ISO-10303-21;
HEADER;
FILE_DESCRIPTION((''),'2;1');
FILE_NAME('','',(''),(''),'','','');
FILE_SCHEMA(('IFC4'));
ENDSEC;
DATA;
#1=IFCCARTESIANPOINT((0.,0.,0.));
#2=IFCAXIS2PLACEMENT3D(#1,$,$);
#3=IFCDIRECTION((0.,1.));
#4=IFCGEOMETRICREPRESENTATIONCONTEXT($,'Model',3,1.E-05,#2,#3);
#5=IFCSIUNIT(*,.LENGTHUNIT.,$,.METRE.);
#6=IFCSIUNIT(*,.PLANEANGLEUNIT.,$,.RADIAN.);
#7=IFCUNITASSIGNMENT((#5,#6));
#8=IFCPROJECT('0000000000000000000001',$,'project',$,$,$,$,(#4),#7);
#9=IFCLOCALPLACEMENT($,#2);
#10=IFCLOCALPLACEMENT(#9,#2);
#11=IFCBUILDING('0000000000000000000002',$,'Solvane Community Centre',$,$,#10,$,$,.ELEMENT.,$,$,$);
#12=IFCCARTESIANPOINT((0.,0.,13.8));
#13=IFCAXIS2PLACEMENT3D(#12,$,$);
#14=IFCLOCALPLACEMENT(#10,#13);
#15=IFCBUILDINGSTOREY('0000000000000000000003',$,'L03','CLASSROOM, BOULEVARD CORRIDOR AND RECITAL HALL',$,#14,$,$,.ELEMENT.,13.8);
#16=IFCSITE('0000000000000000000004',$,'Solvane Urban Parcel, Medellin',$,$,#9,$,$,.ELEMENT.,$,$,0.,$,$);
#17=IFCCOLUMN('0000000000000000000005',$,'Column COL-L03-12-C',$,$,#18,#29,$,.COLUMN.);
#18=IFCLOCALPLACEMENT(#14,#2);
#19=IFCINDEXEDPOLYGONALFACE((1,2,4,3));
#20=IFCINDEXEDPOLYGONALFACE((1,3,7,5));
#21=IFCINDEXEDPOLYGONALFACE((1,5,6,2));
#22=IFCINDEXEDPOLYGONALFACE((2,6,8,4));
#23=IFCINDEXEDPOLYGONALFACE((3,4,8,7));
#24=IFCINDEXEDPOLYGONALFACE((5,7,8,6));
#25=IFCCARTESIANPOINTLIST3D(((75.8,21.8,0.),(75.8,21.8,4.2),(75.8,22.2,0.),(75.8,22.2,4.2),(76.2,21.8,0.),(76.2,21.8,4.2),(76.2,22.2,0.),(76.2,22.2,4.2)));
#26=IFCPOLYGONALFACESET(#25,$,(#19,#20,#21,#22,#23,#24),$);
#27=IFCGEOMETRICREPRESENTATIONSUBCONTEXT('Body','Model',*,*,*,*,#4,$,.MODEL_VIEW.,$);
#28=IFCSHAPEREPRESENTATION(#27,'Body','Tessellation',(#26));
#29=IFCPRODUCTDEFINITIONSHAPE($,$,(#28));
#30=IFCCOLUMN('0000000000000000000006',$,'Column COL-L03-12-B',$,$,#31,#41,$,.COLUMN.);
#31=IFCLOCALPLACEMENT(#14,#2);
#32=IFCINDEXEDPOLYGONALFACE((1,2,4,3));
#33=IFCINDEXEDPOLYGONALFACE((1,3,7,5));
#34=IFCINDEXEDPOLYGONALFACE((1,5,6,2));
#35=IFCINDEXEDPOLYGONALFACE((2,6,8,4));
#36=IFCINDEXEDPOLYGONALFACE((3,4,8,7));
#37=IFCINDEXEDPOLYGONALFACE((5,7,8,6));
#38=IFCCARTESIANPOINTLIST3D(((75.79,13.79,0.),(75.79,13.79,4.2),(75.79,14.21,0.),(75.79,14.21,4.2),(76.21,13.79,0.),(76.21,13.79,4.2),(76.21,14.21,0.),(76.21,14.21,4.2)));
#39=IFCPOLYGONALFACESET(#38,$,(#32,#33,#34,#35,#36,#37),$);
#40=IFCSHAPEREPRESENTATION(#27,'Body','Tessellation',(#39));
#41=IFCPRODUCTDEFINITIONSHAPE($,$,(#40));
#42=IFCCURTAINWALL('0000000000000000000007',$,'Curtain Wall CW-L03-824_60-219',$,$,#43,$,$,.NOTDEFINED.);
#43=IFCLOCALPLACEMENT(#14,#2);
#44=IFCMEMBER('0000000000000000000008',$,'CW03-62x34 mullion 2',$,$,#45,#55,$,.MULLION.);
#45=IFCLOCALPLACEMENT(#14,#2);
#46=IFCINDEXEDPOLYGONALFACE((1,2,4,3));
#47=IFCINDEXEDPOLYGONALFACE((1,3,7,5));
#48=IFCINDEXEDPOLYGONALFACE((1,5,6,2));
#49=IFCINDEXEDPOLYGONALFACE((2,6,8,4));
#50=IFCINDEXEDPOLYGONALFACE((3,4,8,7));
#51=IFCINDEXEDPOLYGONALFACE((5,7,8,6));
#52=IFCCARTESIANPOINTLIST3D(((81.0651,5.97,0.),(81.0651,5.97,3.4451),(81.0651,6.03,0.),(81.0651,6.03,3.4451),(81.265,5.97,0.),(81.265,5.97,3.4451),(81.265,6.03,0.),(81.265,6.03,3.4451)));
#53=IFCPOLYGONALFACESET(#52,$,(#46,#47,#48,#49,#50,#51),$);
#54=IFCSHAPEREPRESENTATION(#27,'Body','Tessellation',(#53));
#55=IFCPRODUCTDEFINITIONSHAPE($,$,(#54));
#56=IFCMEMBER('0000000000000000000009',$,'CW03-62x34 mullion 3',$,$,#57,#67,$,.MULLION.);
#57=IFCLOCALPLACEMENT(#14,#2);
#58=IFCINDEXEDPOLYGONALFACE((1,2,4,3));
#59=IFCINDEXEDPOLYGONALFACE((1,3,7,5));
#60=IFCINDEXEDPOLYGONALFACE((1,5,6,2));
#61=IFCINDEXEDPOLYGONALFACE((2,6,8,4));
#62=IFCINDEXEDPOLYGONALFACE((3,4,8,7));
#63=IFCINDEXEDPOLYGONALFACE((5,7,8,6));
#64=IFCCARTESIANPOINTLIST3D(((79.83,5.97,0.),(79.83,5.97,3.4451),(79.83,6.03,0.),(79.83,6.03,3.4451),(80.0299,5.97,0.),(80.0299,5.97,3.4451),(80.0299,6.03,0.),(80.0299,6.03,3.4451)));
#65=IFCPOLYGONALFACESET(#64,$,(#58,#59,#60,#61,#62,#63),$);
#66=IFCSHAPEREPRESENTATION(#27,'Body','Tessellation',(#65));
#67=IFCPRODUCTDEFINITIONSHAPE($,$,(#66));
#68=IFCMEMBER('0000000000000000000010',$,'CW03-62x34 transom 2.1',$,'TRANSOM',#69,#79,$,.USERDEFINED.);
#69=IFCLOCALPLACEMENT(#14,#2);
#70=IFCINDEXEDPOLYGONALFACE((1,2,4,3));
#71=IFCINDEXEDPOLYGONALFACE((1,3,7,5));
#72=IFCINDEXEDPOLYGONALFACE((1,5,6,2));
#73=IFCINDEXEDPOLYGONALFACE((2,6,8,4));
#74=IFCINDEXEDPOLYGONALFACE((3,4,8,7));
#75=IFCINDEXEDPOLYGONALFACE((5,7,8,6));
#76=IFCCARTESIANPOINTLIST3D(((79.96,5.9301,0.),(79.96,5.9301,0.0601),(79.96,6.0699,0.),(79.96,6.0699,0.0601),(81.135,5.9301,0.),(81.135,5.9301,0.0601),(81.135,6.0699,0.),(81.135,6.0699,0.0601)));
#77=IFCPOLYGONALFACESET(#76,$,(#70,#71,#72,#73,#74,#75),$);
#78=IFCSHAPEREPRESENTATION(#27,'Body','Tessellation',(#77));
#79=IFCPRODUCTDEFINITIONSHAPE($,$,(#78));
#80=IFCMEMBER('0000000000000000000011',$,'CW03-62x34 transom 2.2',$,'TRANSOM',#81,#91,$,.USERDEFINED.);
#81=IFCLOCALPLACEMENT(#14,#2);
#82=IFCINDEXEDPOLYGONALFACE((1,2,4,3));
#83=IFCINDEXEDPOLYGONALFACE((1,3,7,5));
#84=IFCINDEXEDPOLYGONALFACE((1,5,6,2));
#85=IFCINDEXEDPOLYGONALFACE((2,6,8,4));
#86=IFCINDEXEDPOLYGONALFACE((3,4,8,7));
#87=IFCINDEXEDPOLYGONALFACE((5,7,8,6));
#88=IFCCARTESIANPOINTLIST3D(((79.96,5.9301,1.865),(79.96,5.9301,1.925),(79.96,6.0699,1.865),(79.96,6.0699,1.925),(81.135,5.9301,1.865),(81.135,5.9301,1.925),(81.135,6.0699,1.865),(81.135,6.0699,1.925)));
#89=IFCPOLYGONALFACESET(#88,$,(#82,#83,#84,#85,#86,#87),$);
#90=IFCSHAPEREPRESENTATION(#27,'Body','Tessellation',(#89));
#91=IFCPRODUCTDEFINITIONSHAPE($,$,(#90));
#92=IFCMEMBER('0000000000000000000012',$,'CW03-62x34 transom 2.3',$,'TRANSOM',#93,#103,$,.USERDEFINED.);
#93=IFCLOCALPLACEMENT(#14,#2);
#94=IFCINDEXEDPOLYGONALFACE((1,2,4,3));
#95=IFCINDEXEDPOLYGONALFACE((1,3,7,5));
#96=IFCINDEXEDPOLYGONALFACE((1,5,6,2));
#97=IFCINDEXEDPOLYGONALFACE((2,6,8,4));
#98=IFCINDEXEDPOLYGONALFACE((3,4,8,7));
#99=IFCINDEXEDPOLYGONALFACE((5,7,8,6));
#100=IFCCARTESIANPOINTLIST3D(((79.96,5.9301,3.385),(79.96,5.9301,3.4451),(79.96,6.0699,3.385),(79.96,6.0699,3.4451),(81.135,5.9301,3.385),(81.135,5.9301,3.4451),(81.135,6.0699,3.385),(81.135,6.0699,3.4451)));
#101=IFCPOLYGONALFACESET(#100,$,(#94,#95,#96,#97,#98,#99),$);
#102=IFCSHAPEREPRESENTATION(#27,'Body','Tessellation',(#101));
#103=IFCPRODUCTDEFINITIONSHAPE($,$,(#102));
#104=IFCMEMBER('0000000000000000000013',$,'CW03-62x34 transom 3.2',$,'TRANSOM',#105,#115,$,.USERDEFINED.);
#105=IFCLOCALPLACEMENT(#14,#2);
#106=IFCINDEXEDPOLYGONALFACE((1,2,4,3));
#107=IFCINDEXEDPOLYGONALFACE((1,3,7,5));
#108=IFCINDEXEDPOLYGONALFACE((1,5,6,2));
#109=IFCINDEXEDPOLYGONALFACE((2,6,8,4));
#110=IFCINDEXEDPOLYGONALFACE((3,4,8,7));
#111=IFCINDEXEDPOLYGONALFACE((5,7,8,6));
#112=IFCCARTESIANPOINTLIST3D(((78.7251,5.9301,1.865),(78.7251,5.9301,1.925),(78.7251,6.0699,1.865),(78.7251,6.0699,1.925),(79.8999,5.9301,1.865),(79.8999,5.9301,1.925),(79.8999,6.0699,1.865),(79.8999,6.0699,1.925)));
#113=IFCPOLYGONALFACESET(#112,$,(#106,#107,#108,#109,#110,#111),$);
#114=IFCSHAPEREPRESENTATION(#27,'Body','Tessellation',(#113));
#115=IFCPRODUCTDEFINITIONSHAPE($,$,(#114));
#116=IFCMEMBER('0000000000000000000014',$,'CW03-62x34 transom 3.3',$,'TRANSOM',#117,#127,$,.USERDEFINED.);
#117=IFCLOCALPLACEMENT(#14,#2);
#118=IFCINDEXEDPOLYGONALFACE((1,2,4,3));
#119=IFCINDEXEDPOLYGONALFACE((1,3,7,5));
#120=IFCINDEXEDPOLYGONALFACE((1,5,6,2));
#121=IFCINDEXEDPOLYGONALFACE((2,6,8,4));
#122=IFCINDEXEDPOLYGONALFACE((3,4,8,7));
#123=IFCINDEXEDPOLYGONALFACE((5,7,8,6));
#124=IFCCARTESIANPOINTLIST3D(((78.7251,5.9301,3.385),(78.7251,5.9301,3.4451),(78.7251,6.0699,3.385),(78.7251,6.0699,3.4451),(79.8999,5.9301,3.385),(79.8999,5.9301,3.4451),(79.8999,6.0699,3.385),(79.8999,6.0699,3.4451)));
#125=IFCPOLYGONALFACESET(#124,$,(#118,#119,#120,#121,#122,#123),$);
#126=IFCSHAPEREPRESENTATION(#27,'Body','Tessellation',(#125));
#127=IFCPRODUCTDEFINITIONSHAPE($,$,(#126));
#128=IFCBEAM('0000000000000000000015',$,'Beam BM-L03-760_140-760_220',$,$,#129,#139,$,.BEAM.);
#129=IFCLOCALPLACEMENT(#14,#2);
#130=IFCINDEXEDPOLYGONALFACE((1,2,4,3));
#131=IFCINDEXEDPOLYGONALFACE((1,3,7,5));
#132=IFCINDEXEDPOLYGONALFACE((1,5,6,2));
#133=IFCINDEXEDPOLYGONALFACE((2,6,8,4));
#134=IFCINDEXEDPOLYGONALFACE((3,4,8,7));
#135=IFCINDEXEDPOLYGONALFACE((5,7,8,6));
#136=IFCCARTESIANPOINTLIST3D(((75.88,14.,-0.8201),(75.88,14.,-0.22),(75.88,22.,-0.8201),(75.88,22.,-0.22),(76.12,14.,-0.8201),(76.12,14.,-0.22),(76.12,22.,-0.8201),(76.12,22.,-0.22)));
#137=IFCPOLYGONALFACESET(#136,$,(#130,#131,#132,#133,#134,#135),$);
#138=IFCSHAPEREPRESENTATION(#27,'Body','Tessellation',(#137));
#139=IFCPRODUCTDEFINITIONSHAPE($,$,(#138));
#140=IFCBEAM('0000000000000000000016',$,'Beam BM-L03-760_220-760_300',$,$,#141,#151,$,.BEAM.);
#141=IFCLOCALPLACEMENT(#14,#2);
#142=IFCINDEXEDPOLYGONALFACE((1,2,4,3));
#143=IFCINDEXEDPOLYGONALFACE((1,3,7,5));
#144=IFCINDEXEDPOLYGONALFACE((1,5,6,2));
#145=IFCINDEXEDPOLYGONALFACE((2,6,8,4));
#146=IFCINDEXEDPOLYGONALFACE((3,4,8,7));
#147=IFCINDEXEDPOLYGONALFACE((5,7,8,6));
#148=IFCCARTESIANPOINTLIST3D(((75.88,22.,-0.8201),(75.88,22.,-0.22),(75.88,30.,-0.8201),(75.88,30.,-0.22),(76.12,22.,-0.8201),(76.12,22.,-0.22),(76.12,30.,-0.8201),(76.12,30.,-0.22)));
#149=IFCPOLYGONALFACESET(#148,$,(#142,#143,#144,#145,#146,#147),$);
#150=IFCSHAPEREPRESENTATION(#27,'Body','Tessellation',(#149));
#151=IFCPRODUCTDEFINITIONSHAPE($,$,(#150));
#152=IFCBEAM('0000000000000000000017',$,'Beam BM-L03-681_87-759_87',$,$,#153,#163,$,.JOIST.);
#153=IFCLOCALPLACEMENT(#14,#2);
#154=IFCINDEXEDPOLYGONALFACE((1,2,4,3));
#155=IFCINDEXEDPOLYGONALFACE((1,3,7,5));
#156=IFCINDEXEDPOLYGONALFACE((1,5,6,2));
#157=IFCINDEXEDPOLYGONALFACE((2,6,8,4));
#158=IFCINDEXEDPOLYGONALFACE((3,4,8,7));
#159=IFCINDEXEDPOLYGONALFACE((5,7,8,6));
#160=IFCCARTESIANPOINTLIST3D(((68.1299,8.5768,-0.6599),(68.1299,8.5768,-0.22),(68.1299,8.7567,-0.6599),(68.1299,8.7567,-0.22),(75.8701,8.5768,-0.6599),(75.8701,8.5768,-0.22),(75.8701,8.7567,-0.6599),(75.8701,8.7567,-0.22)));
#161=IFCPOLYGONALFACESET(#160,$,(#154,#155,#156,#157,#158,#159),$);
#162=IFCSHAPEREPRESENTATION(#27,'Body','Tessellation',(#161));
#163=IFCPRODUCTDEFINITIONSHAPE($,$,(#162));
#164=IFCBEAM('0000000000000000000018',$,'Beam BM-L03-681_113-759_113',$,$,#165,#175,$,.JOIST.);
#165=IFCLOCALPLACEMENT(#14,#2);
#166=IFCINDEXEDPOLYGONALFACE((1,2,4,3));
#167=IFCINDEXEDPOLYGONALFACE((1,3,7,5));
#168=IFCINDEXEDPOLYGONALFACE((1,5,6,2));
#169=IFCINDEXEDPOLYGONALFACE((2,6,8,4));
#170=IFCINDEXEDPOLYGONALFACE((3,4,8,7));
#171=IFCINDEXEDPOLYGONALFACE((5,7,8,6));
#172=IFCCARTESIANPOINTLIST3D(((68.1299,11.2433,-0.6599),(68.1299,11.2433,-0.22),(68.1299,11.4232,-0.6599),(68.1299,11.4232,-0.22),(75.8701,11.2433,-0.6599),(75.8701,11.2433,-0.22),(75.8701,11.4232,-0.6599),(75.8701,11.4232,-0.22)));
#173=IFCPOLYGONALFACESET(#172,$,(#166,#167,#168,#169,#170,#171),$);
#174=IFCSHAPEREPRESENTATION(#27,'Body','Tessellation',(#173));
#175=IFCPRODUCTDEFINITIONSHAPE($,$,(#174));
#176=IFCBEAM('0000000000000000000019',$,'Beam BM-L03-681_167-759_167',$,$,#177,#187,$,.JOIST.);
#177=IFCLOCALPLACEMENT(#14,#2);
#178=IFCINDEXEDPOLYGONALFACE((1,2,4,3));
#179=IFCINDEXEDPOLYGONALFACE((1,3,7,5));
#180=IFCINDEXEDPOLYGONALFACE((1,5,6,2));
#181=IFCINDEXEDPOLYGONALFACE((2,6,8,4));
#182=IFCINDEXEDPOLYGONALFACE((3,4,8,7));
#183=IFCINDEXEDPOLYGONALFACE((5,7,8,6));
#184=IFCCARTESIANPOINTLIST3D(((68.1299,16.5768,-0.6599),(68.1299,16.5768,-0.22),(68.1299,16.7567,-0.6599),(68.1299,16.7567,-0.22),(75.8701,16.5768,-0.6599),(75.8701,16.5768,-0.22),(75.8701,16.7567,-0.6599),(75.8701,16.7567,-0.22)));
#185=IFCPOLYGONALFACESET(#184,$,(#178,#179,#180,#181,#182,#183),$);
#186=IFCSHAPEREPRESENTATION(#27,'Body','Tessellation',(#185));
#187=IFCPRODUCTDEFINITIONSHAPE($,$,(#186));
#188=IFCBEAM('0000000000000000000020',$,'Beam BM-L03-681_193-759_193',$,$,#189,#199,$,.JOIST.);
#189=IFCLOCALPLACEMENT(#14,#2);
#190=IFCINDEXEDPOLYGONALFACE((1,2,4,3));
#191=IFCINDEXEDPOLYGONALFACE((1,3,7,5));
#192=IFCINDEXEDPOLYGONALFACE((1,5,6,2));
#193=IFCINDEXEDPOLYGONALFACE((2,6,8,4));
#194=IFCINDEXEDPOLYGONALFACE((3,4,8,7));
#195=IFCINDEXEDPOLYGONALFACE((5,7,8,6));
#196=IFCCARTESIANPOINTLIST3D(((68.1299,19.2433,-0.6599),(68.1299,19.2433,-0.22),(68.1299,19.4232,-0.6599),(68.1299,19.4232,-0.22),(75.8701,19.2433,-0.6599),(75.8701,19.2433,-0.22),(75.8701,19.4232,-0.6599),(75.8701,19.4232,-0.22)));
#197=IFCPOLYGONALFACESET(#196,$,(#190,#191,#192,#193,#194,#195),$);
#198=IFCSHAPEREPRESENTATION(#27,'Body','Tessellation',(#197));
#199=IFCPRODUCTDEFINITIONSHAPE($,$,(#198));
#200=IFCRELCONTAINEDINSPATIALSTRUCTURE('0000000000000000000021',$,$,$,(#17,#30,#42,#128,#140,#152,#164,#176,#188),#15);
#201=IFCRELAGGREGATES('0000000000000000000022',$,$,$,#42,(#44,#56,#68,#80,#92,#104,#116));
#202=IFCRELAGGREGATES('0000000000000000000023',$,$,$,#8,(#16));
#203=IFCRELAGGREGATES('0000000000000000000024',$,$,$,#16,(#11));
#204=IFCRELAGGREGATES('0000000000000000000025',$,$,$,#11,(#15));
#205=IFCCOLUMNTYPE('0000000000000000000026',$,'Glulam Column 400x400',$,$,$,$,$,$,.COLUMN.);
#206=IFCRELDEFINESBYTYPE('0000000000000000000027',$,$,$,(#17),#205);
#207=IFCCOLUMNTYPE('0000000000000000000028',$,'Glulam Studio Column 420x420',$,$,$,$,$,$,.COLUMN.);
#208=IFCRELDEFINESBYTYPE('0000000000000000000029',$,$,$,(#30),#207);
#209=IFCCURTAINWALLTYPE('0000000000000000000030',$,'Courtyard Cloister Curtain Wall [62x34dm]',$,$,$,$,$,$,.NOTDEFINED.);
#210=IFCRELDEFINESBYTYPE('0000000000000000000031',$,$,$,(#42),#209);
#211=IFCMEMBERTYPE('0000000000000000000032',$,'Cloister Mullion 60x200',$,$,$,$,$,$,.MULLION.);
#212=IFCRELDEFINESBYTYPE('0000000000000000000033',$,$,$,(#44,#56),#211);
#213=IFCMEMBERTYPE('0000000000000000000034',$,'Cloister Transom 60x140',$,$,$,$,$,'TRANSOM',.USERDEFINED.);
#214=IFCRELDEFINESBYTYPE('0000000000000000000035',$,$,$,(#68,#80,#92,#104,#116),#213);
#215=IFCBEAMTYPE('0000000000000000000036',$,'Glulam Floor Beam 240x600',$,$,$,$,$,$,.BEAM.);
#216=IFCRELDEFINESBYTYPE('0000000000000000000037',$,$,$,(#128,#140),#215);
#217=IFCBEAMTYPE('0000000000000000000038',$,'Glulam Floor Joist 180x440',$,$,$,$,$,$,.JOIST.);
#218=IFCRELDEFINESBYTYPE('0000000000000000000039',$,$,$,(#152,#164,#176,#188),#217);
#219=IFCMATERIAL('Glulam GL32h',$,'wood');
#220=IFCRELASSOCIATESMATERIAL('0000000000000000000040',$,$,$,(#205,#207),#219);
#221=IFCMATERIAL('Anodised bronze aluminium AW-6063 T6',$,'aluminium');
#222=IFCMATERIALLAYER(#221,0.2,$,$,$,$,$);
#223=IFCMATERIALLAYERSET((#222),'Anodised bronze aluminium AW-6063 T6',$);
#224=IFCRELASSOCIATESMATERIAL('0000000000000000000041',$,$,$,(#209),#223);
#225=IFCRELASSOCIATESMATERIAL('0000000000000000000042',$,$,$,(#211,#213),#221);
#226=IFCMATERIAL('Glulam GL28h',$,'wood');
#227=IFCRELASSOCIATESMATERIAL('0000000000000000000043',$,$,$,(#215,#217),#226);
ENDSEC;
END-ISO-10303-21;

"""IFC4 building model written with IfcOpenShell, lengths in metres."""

from ifc_helpers import new_model, si_unit, direction, frame, origin, origin_2d, place, context, subcontext, project, spatial, rectangle, extrude, material, layer, layer_set, material_profile, profile_set, type_object, element, aggregate, save


model = new_model("IFC4")

# Units and contexts
model_context = context("Model", 3, precision=1e-05, world=origin(), true_north=direction((0.0, 1.0)))
body_context = subcontext(model_context, "Body", "Model", "MODEL_VIEW")
ifc_project = project(units=[si_unit("LENGTHUNIT", "METRE"), si_unit("PLANEANGLEUNIT", "RADIAN")], contexts=[model_context])

# Site, building, storey
site_placement = place(None, origin())
site = spatial("IfcSite", under=ifc_project, at=site_placement, Name="Solvane Urban Parcel, Medellin", CompositionType="ELEMENT", RefElevation=0.0)
building_placement = place(site_placement, origin())
building = spatial("IfcBuilding", under=site, at=building_placement, Name="Solvane Community Centre", CompositionType="ELEMENT")
storey_placement = place(building_placement, frame((0.0, 0.0, 13.8)))
storey = spatial("IfcBuildingStorey", under=building, at=storey_placement, Name="L03", Description="CLASSROOM, BOULEVARD CORRIDOR AND RECITAL HALL", CompositionType="ELEMENT", Elevation=13.8)

# Columns
ifc_material_1 = material(Name="Glulam GL32h", Category="wood")
ifc_material_profile_1 = material_profile(ifc_material_1, rectangle(XDim=0.3999, YDim=0.3999, at=origin_2d()), Name="GL32h 400x400")
ifc_profile_set_1 = profile_set([ifc_material_profile_1], Name="Glulam GL32h")
column_type_1 = type_object("IfcColumnType", Name="Glulam Column 400x400", PredefinedType="COLUMN", material=ifc_profile_set_1)
column_1_placement = place(storey_placement, frame((76.0, 22.0, 0.0), z_axis=(0.0, 0.0, 1.0), x_axis=(1.0, 0.0, 0.0)))
element("IfcColumn", 1, at=column_1_placement, inside=storey, type_object=column_type_1, Name="Column COL-L03-12-C", PredefinedType="COLUMN", context=body_context, shape_type="SweptSolid", body=[
    extrude(rectangle(XDim=0.3999, YDim=0.3999, at=origin_2d()), origin(), (0.0, 0.0, 1.0), 4.2),
])
ifc_material_profile_2 = material_profile(ifc_material_1, rectangle(XDim=0.4199, YDim=0.4199, at=origin_2d()), Name="GL32h 420x420")
ifc_profile_set_2 = profile_set([ifc_material_profile_2], Name="Glulam GL32h")
column_type_2 = type_object("IfcColumnType", Name="Glulam Studio Column 420x420", PredefinedType="COLUMN", material=ifc_profile_set_2)
column_2_placement = place(storey_placement, frame((76.0, 14.0, 0.0), z_axis=(0.0, 0.0, 1.0), x_axis=(1.0, 0.0, 0.0)))
element("IfcColumn", 2, at=column_2_placement, inside=storey, type_object=column_type_2, Name="Column COL-L03-12-B", PredefinedType="COLUMN", context=body_context, shape_type="SweptSolid", body=[
    extrude(rectangle(XDim=0.4199, YDim=0.4199, at=origin_2d()), origin(), (0.0, 0.0, 1.0), 4.2),
])

# Curtain wall, members
ifc_material_2 = material(Name="Anodised bronze aluminium AW-6063 T6", Category="aluminium")
ifc_layer_1 = layer(ifc_material_2, 0.2)
ifc_layer_set_1 = layer_set([ifc_layer_1], Name="Anodised bronze aluminium AW-6063 T6")
curtain_wall_type = type_object("IfcCurtainWallType", Name="Courtyard Cloister Curtain Wall [62x34dm]", PredefinedType="NOTDEFINED", material=ifc_layer_set_1)
curtain_wall_placement = place(storey_placement, origin())
curtain_wall = element("IfcCurtainWall", 3, at=curtain_wall_placement, inside=storey, type_object=curtain_wall_type, Name="Curtain Wall CW-L03-824_60-219", PredefinedType="NOTDEFINED")
ifc_material_profile_3 = material_profile(ifc_material_2, rectangle(XDim=0.0601, YDim=0.2, at=origin_2d()), Name="CW-M 60x200")
ifc_profile_set_3 = profile_set([ifc_material_profile_3], Name="Anodised bronze aluminium AW-6063 T6")
member_type_1 = type_object("IfcMemberType", Name="Cloister Mullion 60x200", PredefinedType="MULLION", material=ifc_profile_set_3)
member_1_placement = place(storey_placement, frame((81.165, 6.0, 0.0), z_axis=(0.0, 0.0, 1.0), x_axis=(0.0, -1.0, 0.0)))
member_1 = element("IfcMember", 4, at=member_1_placement, type_object=member_type_1, Name="CW03-62x34 mullion 2", PredefinedType="MULLION", context=body_context, shape_type="SweptSolid", body=[
    extrude(rectangle(XDim=0.0601, YDim=0.2, at=origin_2d()), origin(), (0.0, 0.0, 1.0), 3.4451),
])
member_2_placement = place(storey_placement, frame((79.9299, 6.0, 0.0), z_axis=(0.0, 0.0, 1.0), x_axis=(0.0, -1.0, 0.0)))
member_2 = element("IfcMember", 5, at=member_2_placement, type_object=member_type_1, Name="CW03-62x34 mullion 3", PredefinedType="MULLION", context=body_context, shape_type="SweptSolid", body=[
    extrude(rectangle(XDim=0.0601, YDim=0.2, at=origin_2d()), origin(), (0.0, 0.0, 1.0), 3.4451),
])
ifc_material_profile_4 = material_profile(ifc_material_2, rectangle(XDim=0.1399, YDim=0.0601, at=origin_2d()), Name="CW-T 60x140")
ifc_profile_set_4 = profile_set([ifc_material_profile_4], Name="Anodised bronze aluminium AW-6063 T6")
member_type_2 = type_object("IfcMemberType", Name="Cloister Transom 60x140", ElementType="TRANSOM", PredefinedType="USERDEFINED", material=ifc_profile_set_4)
member_3_placement = place(storey_placement, frame((81.135, 6.0, 0.03), z_axis=(-1.0, 0.0, 0.0), x_axis=(0.0, -1.0, 0.0)))
member_3 = element("IfcMember", 6, at=member_3_placement, type_object=member_type_2, Name="CW03-62x34 transom 2.1", ObjectType="TRANSOM", PredefinedType="USERDEFINED", context=body_context, shape_type="SweptSolid", body=[
    extrude(rectangle(XDim=0.1399, YDim=0.0601, at=origin_2d()), origin(), (0.0, 0.0, 1.0), 1.175),
])
member_4_placement = place(storey_placement, frame((81.135, 6.0, 1.895), z_axis=(-1.0, 0.0, 0.0), x_axis=(0.0, -1.0, 0.0)))
member_4 = element("IfcMember", 7, at=member_4_placement, type_object=member_type_2, Name="CW03-62x34 transom 2.2", ObjectType="TRANSOM", PredefinedType="USERDEFINED", context=body_context, shape_type="SweptSolid", body=[
    extrude(rectangle(XDim=0.1399, YDim=0.0601, at=origin_2d()), origin(), (0.0, 0.0, 1.0), 1.175),
])
member_5_placement = place(storey_placement, frame((81.135, 6.0, 3.415), z_axis=(-1.0, 0.0, 0.0), x_axis=(0.0, -1.0, 0.0)))
member_5 = element("IfcMember", 8, at=member_5_placement, type_object=member_type_2, Name="CW03-62x34 transom 2.3", ObjectType="TRANSOM", PredefinedType="USERDEFINED", context=body_context, shape_type="SweptSolid", body=[
    extrude(rectangle(XDim=0.1399, YDim=0.0601, at=origin_2d()), origin(), (0.0, 0.0, 1.0), 1.175),
])
member_6_placement = place(storey_placement, frame((79.8999, 6.0, 1.895), z_axis=(-1.0, 0.0, 0.0), x_axis=(0.0, -1.0, 0.0)))
member_6 = element("IfcMember", 9, at=member_6_placement, type_object=member_type_2, Name="CW03-62x34 transom 3.2", ObjectType="TRANSOM", PredefinedType="USERDEFINED", context=body_context, shape_type="SweptSolid", body=[
    extrude(rectangle(XDim=0.1399, YDim=0.0601, at=origin_2d()), origin(), (0.0, 0.0, 1.0), 1.1748),
])
member_7_placement = place(storey_placement, frame((79.8999, 6.0, 3.415), z_axis=(-1.0, 0.0, 0.0), x_axis=(0.0, -1.0, 0.0)))
member_7 = element("IfcMember", 10, at=member_7_placement, type_object=member_type_2, Name="CW03-62x34 transom 3.3", ObjectType="TRANSOM", PredefinedType="USERDEFINED", context=body_context, shape_type="SweptSolid", body=[
    extrude(rectangle(XDim=0.1399, YDim=0.0601, at=origin_2d()), origin(), (0.0, 0.0, 1.0), 1.1748),
])

# Beams
ifc_material_3 = material(Name="Glulam GL28h", Category="wood")
ifc_material_profile_5 = material_profile(ifc_material_3, rectangle(XDim=0.24, YDim=0.6001, at=origin_2d()), Name="GL28h 240x600")
ifc_profile_set_5 = profile_set([ifc_material_profile_5], Name="Glulam GL28h")
beam_type_1 = type_object("IfcBeamType", Name="Glulam Floor Beam 240x600", PredefinedType="BEAM", material=ifc_profile_set_5)
for number, where, z_axis, x_axis, name in (
    (11, (76.0, 14.0, -0.52), (0.0, 1.0, 0.0), (-1.0, 0.0, 0.0), "Beam BM-L03-760_140-760_220"),
    (12, (76.0, 22.0, -0.52), (0.0, 1.0, 0.0), (-1.0, 0.0, 0.0), "Beam BM-L03-760_220-760_300"),
):
    element("IfcBeam", number, at=place(storey_placement, frame(where, z_axis=z_axis, x_axis=x_axis)), inside=storey, type_object=beam_type_1, Name=name, PredefinedType="BEAM", context=body_context, shape_type="SweptSolid", body=[
        extrude(rectangle(XDim=0.24, YDim=0.6001, at=origin_2d()), origin(), (0.0, 0.0, 1.0), 8.0),
    ])
ifc_material_profile_6 = material_profile(ifc_material_3, rectangle(XDim=0.1799, YDim=0.4399, at=origin_2d()), Name="GL28h 180x440")
ifc_profile_set_6 = profile_set([ifc_material_profile_6], Name="Glulam GL28h")
beam_type_2 = type_object("IfcBeamType", Name="Glulam Floor Joist 180x440", PredefinedType="JOIST", material=ifc_profile_set_6)
for number, where, z_axis, x_axis, name in (
    (13, (68.1299, 8.6667, -0.4399), (1.0, 0.0, 0.0), (0.0, 1.0, 0.0), "Beam BM-L03-681_87-759_87"),
    (14, (68.1299, 11.3333, -0.4399), (1.0, 0.0, 0.0), (0.0, 1.0, 0.0), "Beam BM-L03-681_113-759_113"),
    (15, (68.1299, 16.6667, -0.4399), (1.0, 0.0, 0.0), (0.0, 1.0, 0.0), "Beam BM-L03-681_167-759_167"),
    (16, (68.1299, 19.3333, -0.4399), (1.0, 0.0, 0.0), (0.0, 1.0, 0.0), "Beam BM-L03-681_193-759_193"),
):
    element("IfcBeam", number, at=place(storey_placement, frame(where, z_axis=z_axis, x_axis=x_axis)), inside=storey, type_object=beam_type_2, Name=name, PredefinedType="JOIST", context=body_context, shape_type="SweptSolid", body=[
        extrude(rectangle(XDim=0.1799, YDim=0.4399, at=origin_2d()), origin(), (0.0, 0.0, 1.0), 7.7402),
    ])

aggregate(curtain_wall, [member_1, member_2, member_3, member_4, member_5, member_6, member_7])

save(model, "model.ifc")
